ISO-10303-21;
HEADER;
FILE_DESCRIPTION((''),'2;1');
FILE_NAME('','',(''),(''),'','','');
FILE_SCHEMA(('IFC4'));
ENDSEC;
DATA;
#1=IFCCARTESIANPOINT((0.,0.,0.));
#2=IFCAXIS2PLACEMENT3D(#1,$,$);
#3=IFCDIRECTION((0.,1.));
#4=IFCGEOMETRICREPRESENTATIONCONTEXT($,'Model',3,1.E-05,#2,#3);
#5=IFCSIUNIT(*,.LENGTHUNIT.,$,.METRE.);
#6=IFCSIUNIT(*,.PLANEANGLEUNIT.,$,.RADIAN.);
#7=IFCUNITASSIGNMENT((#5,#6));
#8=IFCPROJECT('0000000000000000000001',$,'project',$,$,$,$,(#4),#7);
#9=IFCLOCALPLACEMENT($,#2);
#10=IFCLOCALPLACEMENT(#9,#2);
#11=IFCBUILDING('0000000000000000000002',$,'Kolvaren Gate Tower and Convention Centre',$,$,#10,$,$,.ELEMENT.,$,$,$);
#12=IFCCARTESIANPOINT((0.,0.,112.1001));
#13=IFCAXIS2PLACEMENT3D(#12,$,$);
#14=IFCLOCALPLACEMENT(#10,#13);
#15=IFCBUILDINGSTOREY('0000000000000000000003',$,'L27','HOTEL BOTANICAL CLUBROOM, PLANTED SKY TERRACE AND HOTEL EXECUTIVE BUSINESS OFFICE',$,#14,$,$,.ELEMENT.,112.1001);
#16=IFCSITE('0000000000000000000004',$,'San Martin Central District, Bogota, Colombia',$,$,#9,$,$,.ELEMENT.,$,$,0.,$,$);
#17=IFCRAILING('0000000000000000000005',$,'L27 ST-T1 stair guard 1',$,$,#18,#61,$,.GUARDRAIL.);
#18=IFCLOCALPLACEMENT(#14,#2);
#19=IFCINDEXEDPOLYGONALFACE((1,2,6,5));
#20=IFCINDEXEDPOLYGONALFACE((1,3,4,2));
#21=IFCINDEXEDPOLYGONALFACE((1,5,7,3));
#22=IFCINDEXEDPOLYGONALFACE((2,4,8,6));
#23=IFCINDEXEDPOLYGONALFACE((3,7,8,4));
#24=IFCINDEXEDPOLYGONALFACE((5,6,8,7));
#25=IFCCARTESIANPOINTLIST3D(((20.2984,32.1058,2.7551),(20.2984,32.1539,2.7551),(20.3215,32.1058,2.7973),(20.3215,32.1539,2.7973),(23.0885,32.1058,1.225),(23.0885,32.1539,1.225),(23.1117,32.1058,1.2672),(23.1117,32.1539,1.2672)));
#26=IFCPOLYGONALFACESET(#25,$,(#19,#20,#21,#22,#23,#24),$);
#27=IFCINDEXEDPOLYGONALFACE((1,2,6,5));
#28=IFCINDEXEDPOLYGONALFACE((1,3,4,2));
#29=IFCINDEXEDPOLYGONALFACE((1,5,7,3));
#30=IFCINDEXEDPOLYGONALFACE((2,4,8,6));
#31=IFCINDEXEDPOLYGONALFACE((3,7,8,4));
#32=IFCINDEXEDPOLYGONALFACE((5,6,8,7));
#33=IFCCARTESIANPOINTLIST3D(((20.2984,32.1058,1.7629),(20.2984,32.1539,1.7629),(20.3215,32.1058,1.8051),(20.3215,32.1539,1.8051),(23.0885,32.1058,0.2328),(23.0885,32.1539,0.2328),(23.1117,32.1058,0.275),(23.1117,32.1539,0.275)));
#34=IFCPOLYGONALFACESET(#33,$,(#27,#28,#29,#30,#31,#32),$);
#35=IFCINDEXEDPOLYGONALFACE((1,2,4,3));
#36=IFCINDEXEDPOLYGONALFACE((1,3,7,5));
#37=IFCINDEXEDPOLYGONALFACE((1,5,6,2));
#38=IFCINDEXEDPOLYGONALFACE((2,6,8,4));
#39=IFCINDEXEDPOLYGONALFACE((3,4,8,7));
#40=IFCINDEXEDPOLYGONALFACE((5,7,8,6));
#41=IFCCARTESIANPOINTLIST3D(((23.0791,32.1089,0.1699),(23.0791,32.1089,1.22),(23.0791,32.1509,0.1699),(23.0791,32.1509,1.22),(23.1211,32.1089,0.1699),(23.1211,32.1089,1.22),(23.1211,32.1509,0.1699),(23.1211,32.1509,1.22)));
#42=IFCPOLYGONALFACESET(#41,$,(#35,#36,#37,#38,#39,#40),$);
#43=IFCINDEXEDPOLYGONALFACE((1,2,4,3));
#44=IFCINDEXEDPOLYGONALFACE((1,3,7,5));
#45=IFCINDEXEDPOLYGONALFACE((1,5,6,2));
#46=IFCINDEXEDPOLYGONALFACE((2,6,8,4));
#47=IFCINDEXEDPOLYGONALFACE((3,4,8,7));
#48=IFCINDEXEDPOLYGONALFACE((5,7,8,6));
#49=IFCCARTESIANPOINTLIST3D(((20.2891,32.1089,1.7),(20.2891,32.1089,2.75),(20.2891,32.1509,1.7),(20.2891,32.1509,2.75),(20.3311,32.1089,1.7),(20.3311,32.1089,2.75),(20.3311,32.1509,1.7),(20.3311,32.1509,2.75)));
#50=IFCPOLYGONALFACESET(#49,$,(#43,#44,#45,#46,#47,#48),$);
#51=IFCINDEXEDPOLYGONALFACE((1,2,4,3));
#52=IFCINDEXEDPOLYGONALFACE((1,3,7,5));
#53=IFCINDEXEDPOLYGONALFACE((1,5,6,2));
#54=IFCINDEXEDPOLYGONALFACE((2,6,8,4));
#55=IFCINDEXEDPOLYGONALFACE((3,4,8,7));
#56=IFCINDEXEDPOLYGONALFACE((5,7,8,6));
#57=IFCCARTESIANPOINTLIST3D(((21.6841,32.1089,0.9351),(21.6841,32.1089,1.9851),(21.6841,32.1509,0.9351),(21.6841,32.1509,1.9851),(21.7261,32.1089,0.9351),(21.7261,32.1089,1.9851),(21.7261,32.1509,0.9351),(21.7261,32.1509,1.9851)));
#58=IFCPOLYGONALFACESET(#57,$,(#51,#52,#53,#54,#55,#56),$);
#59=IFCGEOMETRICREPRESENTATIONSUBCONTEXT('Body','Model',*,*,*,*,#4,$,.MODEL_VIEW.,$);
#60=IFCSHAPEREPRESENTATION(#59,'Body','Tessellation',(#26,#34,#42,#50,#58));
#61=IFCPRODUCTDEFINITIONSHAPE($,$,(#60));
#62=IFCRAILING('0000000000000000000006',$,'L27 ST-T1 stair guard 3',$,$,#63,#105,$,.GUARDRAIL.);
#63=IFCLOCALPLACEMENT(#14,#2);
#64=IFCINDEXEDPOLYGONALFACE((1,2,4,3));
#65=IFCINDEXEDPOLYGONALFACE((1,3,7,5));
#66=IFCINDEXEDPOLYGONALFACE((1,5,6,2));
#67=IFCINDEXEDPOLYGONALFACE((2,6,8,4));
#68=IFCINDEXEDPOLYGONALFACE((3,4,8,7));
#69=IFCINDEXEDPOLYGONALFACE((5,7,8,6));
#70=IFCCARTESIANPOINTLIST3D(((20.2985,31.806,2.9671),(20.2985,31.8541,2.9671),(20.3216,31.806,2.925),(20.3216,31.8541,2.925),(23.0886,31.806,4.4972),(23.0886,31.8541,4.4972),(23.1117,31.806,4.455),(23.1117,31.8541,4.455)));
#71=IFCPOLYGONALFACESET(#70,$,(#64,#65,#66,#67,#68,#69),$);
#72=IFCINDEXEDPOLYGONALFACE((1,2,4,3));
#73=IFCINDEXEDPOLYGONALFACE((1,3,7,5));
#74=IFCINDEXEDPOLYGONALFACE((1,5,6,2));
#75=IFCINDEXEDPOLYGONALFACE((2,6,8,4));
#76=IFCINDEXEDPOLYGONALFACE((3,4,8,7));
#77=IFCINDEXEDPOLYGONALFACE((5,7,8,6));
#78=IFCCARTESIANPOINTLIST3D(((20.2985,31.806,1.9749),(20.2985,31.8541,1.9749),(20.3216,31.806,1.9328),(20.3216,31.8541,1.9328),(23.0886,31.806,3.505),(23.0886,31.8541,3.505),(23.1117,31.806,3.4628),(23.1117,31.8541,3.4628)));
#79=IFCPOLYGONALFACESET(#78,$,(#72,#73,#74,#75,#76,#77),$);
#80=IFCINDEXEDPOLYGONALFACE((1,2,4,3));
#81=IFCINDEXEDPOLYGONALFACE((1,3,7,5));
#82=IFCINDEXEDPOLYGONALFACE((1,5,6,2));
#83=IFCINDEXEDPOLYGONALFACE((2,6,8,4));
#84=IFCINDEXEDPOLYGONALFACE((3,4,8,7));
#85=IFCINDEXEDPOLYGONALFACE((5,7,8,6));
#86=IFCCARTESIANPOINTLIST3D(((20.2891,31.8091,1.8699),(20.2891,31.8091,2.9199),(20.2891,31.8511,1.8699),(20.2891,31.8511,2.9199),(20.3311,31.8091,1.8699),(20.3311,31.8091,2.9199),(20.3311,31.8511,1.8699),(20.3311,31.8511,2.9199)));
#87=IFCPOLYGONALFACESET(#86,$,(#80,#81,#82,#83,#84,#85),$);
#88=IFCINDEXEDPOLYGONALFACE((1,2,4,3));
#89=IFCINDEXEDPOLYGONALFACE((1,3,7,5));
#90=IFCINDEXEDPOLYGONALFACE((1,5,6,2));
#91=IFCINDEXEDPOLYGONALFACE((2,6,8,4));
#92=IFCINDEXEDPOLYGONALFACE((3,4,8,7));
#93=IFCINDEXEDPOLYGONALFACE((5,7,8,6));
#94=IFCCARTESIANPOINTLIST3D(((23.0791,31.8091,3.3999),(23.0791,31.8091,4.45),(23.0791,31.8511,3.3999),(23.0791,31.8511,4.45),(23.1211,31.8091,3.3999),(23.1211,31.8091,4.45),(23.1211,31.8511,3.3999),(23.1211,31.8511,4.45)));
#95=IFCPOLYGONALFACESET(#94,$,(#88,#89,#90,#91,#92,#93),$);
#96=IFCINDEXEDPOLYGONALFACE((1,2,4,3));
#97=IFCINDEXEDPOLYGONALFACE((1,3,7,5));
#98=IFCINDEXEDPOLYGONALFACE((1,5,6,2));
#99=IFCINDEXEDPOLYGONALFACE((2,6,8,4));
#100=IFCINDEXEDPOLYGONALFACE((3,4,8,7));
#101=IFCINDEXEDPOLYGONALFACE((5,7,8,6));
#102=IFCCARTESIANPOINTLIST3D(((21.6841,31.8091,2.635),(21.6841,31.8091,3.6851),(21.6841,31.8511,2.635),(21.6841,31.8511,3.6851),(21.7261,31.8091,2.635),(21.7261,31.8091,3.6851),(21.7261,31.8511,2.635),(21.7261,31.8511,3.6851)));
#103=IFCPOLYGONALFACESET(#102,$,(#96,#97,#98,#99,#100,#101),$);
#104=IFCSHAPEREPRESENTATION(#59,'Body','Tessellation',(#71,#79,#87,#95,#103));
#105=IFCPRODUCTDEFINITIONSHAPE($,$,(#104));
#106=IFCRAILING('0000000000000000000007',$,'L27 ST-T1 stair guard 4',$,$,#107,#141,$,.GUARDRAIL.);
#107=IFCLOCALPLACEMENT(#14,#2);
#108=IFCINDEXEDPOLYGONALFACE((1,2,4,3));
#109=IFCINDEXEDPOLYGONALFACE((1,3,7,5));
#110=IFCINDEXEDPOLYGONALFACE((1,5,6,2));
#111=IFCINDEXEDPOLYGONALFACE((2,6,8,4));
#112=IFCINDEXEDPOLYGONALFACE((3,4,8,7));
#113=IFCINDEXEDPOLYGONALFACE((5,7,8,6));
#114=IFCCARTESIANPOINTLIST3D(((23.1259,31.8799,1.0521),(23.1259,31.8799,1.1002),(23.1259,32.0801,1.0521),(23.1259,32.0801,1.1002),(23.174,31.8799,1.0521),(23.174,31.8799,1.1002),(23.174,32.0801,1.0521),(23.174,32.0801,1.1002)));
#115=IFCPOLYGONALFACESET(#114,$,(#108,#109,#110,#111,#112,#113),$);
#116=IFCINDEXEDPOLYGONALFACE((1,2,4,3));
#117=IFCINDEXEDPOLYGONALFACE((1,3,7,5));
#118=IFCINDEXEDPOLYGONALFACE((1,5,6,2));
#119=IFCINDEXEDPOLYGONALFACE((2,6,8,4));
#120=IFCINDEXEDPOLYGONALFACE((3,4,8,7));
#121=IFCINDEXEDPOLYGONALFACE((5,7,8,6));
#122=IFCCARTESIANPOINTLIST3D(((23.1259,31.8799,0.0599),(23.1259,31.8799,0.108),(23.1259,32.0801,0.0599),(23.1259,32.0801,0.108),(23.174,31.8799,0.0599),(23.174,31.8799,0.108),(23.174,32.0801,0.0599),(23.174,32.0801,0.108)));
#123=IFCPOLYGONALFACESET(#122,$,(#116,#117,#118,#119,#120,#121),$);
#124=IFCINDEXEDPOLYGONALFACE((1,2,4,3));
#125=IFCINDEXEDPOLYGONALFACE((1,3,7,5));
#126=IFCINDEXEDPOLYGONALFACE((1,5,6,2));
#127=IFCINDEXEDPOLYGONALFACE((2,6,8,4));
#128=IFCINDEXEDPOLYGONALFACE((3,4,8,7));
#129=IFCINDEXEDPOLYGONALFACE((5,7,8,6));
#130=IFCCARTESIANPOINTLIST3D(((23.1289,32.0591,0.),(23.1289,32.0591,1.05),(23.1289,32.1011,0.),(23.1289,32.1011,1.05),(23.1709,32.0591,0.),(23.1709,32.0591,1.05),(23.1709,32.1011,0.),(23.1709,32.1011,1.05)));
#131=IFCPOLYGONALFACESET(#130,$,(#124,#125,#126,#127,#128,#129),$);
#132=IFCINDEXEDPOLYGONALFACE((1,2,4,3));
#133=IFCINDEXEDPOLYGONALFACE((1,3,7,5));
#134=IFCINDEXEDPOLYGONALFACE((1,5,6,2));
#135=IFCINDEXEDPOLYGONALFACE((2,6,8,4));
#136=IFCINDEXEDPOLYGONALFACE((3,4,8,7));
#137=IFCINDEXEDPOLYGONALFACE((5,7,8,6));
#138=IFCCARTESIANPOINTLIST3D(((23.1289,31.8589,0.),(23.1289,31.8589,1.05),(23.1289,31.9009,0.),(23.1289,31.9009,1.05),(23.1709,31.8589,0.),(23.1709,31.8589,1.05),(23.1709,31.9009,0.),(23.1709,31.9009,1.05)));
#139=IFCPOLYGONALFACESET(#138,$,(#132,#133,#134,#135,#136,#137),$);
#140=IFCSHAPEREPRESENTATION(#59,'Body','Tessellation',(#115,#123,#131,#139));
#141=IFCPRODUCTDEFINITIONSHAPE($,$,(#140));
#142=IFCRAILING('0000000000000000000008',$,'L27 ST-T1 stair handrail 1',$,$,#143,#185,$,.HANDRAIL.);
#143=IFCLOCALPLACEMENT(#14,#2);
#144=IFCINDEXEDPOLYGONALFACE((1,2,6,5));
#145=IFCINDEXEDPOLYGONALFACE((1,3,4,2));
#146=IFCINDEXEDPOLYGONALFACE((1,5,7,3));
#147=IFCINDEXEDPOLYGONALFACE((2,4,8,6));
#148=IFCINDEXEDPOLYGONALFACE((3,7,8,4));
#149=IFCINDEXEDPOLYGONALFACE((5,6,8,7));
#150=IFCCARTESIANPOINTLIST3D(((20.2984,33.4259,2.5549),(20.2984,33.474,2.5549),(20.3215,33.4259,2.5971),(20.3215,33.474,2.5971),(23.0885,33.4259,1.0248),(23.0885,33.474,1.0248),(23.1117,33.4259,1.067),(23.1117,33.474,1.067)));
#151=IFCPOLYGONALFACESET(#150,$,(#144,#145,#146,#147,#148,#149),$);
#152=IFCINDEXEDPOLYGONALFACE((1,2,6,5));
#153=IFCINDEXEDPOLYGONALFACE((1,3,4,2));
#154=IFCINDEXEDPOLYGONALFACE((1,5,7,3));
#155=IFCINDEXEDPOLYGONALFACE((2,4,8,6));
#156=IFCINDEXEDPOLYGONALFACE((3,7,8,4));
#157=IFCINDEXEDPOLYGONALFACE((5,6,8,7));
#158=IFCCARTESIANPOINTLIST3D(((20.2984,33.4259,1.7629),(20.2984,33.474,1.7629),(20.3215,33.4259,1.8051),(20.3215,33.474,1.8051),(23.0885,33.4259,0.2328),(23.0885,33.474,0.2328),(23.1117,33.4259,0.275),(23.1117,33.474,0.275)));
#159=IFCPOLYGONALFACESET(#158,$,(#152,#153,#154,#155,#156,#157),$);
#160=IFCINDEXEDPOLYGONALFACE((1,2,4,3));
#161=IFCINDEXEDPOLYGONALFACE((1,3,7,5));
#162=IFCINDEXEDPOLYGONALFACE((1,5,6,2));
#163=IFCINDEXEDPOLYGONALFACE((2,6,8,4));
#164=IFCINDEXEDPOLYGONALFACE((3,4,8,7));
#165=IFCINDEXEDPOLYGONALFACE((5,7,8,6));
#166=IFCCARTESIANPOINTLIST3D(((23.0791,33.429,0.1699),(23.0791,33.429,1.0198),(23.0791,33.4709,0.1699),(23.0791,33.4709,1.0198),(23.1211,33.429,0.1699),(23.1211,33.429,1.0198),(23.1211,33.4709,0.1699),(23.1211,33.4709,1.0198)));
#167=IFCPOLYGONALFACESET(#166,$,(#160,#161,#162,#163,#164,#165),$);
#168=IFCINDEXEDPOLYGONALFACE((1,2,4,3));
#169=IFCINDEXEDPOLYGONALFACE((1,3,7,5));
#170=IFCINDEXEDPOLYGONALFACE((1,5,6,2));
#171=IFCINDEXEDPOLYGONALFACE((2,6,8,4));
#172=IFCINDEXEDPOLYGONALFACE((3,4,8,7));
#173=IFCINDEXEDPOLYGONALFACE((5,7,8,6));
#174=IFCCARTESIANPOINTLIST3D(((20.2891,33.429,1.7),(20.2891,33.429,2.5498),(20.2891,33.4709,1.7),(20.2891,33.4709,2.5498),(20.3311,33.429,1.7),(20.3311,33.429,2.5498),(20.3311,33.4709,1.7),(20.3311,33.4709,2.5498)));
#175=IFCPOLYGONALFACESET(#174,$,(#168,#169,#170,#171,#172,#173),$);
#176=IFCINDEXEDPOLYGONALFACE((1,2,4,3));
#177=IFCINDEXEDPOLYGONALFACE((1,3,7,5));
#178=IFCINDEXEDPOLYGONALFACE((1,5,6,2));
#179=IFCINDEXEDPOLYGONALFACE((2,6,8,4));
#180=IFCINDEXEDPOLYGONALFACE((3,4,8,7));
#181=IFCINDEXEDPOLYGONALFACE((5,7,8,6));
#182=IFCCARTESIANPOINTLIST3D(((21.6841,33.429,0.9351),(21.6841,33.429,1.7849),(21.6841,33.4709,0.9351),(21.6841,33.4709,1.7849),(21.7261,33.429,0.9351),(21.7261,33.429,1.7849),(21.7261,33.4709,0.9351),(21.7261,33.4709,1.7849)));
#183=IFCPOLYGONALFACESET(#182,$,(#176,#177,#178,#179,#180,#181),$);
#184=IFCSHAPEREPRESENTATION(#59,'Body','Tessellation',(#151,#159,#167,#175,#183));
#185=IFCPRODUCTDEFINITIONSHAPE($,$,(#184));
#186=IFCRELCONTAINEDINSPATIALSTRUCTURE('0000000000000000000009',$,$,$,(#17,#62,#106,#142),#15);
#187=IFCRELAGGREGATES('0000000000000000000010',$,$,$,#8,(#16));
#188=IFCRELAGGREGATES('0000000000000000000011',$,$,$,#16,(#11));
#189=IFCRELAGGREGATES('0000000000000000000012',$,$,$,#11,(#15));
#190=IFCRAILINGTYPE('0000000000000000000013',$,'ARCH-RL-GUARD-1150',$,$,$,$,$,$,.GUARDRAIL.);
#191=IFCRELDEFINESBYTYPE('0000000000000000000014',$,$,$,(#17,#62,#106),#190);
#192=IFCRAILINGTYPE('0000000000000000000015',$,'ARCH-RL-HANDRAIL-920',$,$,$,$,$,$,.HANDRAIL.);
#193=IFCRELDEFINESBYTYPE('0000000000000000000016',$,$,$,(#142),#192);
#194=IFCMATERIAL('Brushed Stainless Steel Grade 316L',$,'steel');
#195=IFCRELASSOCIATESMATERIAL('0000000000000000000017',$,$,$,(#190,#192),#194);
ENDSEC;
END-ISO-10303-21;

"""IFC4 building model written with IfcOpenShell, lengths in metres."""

from ifc_helpers import new_model, si_unit, direction, frame, origin, origin_2d, place, context, subcontext, project, spatial, rectangle, extrude, material, type_object, element, save


model = new_model("IFC4")

# Units and contexts
model_context = context("Model", 3, precision=1e-05, world=origin(), true_north=direction((0.0, 1.0)))
body_context = subcontext(model_context, "Body", "Model", "MODEL_VIEW")
ifc_project = project(units=[si_unit("LENGTHUNIT", "METRE"), si_unit("PLANEANGLEUNIT", "RADIAN")], contexts=[model_context])

# Site, building, storey
site_placement = place(None, origin())
site = spatial("IfcSite", under=ifc_project, at=site_placement, Name="San Martin Central District, Bogota, Colombia", CompositionType="ELEMENT", RefElevation=0.0)
building_placement = place(site_placement, origin())
building = spatial("IfcBuilding", under=site, at=building_placement, Name="Kolvaren Gate Tower and Convention Centre", CompositionType="ELEMENT")
storey_placement = place(building_placement, frame((0.0, 0.0, 112.1001)))
storey = spatial("IfcBuildingStorey", under=building, at=storey_placement, Name="L27", Description="HOTEL BOTANICAL CLUBROOM, PLANTED SKY TERRACE AND HOTEL EXECUTIVE BUSINESS OFFICE", CompositionType="ELEMENT", Elevation=112.1001)

# Shared definitions
ifc_material_1 = material(Name="Brushed Stainless Steel Grade 316L", Category="steel")

# Railings
railing_type_1 = type_object("IfcRailingType", Name="ARCH-RL-GUARD-1150", PredefinedType="GUARDRAIL", material=ifc_material_1)
railing_1_placement = place(storey_placement, frame((23.1001, 32.1299, 0.1699)))
element("IfcRailing", 1, at=railing_1_placement, inside=storey, type_object=railing_type_1, Name="L27 ST-T1 stair guard 1", PredefinedType="GUARDRAIL", context=body_context, shape_type="SweptSolid", body=[
    extrude(rectangle(XDim=0.0481, YDim=0.0481, at=origin_2d()), frame((0.0, 0.0, 1.0762), z_axis=(-0.876811, 0.0, 0.480835), x_axis=(0.0, -1.0, 0.0)), (0.0, 0.0, 1.0), 3.1821),
    extrude(rectangle(XDim=0.0481, YDim=0.0481, at=origin_2d()), frame((0.0, 0.0, 0.084), z_axis=(-0.876811, 0.0, 0.480835), x_axis=(0.0, -1.0, 0.0)), (0.0, 0.0, 1.0), 3.1821),
    extrude(rectangle(XDim=0.042, YDim=0.042, at=origin_2d()), origin(), (0.0, 0.0, 1.0), 1.05),
    extrude(rectangle(XDim=0.042, YDim=0.042, at=origin_2d()), frame((-2.79, 0.0, 1.53)), (0.0, 0.0, 1.0), 1.05),
    extrude(rectangle(XDim=0.042, YDim=0.042, at=origin_2d()), frame((-1.395, 0.0, 0.7651)), (0.0, 0.0, 1.0), 1.05),
])
railing_2_placement = place(storey_placement, frame((20.3101, 31.8301, 1.8699)))
element("IfcRailing", 2, at=railing_2_placement, inside=storey, type_object=railing_type_1, Name="L27 ST-T1 stair guard 3", PredefinedType="GUARDRAIL", context=body_context, shape_type="SweptSolid", body=[
    extrude(rectangle(XDim=0.0481, YDim=0.0481, at=origin_2d()), frame((0.0, 0.0, 1.0762), z_axis=(0.876811, 0.0, 0.480835), x_axis=(0.0, 1.0, 0.0)), (0.0, 0.0, 1.0), 3.1821),
    extrude(rectangle(XDim=0.0481, YDim=0.0481, at=origin_2d()), frame((0.0, 0.0, 0.084), z_axis=(0.876811, 0.0, 0.480835), x_axis=(0.0, 1.0, 0.0)), (0.0, 0.0, 1.0), 3.1821),
    extrude(rectangle(XDim=0.042, YDim=0.042, at=origin_2d()), origin(), (0.0, 0.0, 1.0), 1.05),
    extrude(rectangle(XDim=0.042, YDim=0.042, at=origin_2d()), frame((2.79, 0.0, 1.53)), (0.0, 0.0, 1.0), 1.05),
    extrude(rectangle(XDim=0.042, YDim=0.042, at=origin_2d()), frame((1.395, 0.0, 0.7651)), (0.0, 0.0, 1.0), 1.05),
])
railing_3_placement = place(storey_placement, frame((23.1499, 32.0801, 0.0)))
element("IfcRailing", 3, at=railing_3_placement, inside=storey, type_object=railing_type_1, Name="L27 ST-T1 stair guard 4", PredefinedType="GUARDRAIL", context=body_context, shape_type="SweptSolid", body=[
    extrude(rectangle(XDim=0.0481, YDim=0.0481, at=origin_2d()), frame((0.0, 0.0, 1.0762), z_axis=(0.0, -1.0, 0.0), x_axis=(1.0, 0.0, 0.0)), (0.0, 0.0, 1.0), 0.2002),
    extrude(rectangle(XDim=0.0481, YDim=0.0481, at=origin_2d()), frame((0.0, 0.0, 0.084), z_axis=(0.0, -1.0, 0.0), x_axis=(1.0, 0.0, 0.0)), (0.0, 0.0, 1.0), 0.2002),
    extrude(rectangle(XDim=0.042, YDim=0.042, at=origin_2d()), origin(), (0.0, 0.0, 1.0), 1.05),
    extrude(rectangle(XDim=0.042, YDim=0.042, at=origin_2d()), frame((0.0, -0.2002, 0.0)), (0.0, 0.0, 1.0), 1.05),
])
railing_type_2 = type_object("IfcRailingType", Name="ARCH-RL-HANDRAIL-920", PredefinedType="HANDRAIL", material=ifc_material_1)
railing_4_placement = place(storey_placement, frame((23.1001, 33.45, 0.1699)))
element("IfcRailing", 4, at=railing_4_placement, inside=storey, type_object=railing_type_2, Name="L27 ST-T1 stair handrail 1", PredefinedType="HANDRAIL", context=body_context, shape_type="SweptSolid", body=[
    extrude(rectangle(XDim=0.0481, YDim=0.0481, at=origin_2d()), frame((0.0, 0.0, 0.876), z_axis=(-0.876811, 0.0, 0.480835), x_axis=(0.0, -1.0, 0.0)), (0.0, 0.0, 1.0), 3.1821),
    extrude(rectangle(XDim=0.0481, YDim=0.0481, at=origin_2d()), frame((0.0, 0.0, 0.084), z_axis=(-0.876811, 0.0, 0.480835), x_axis=(0.0, -1.0, 0.0)), (0.0, 0.0, 1.0), 3.1821),
    extrude(rectangle(XDim=0.042, YDim=0.042, at=origin_2d()), origin(), (0.0, 0.0, 1.0), 0.8499),
    extrude(rectangle(XDim=0.042, YDim=0.042, at=origin_2d()), frame((-2.79, 0.0, 1.53)), (0.0, 0.0, 1.0), 0.8499),
    extrude(rectangle(XDim=0.042, YDim=0.042, at=origin_2d()), frame((-1.395, 0.0, 0.7651)), (0.0, 0.0, 1.0), 0.8499),
])

save(model, "model.ifc")
